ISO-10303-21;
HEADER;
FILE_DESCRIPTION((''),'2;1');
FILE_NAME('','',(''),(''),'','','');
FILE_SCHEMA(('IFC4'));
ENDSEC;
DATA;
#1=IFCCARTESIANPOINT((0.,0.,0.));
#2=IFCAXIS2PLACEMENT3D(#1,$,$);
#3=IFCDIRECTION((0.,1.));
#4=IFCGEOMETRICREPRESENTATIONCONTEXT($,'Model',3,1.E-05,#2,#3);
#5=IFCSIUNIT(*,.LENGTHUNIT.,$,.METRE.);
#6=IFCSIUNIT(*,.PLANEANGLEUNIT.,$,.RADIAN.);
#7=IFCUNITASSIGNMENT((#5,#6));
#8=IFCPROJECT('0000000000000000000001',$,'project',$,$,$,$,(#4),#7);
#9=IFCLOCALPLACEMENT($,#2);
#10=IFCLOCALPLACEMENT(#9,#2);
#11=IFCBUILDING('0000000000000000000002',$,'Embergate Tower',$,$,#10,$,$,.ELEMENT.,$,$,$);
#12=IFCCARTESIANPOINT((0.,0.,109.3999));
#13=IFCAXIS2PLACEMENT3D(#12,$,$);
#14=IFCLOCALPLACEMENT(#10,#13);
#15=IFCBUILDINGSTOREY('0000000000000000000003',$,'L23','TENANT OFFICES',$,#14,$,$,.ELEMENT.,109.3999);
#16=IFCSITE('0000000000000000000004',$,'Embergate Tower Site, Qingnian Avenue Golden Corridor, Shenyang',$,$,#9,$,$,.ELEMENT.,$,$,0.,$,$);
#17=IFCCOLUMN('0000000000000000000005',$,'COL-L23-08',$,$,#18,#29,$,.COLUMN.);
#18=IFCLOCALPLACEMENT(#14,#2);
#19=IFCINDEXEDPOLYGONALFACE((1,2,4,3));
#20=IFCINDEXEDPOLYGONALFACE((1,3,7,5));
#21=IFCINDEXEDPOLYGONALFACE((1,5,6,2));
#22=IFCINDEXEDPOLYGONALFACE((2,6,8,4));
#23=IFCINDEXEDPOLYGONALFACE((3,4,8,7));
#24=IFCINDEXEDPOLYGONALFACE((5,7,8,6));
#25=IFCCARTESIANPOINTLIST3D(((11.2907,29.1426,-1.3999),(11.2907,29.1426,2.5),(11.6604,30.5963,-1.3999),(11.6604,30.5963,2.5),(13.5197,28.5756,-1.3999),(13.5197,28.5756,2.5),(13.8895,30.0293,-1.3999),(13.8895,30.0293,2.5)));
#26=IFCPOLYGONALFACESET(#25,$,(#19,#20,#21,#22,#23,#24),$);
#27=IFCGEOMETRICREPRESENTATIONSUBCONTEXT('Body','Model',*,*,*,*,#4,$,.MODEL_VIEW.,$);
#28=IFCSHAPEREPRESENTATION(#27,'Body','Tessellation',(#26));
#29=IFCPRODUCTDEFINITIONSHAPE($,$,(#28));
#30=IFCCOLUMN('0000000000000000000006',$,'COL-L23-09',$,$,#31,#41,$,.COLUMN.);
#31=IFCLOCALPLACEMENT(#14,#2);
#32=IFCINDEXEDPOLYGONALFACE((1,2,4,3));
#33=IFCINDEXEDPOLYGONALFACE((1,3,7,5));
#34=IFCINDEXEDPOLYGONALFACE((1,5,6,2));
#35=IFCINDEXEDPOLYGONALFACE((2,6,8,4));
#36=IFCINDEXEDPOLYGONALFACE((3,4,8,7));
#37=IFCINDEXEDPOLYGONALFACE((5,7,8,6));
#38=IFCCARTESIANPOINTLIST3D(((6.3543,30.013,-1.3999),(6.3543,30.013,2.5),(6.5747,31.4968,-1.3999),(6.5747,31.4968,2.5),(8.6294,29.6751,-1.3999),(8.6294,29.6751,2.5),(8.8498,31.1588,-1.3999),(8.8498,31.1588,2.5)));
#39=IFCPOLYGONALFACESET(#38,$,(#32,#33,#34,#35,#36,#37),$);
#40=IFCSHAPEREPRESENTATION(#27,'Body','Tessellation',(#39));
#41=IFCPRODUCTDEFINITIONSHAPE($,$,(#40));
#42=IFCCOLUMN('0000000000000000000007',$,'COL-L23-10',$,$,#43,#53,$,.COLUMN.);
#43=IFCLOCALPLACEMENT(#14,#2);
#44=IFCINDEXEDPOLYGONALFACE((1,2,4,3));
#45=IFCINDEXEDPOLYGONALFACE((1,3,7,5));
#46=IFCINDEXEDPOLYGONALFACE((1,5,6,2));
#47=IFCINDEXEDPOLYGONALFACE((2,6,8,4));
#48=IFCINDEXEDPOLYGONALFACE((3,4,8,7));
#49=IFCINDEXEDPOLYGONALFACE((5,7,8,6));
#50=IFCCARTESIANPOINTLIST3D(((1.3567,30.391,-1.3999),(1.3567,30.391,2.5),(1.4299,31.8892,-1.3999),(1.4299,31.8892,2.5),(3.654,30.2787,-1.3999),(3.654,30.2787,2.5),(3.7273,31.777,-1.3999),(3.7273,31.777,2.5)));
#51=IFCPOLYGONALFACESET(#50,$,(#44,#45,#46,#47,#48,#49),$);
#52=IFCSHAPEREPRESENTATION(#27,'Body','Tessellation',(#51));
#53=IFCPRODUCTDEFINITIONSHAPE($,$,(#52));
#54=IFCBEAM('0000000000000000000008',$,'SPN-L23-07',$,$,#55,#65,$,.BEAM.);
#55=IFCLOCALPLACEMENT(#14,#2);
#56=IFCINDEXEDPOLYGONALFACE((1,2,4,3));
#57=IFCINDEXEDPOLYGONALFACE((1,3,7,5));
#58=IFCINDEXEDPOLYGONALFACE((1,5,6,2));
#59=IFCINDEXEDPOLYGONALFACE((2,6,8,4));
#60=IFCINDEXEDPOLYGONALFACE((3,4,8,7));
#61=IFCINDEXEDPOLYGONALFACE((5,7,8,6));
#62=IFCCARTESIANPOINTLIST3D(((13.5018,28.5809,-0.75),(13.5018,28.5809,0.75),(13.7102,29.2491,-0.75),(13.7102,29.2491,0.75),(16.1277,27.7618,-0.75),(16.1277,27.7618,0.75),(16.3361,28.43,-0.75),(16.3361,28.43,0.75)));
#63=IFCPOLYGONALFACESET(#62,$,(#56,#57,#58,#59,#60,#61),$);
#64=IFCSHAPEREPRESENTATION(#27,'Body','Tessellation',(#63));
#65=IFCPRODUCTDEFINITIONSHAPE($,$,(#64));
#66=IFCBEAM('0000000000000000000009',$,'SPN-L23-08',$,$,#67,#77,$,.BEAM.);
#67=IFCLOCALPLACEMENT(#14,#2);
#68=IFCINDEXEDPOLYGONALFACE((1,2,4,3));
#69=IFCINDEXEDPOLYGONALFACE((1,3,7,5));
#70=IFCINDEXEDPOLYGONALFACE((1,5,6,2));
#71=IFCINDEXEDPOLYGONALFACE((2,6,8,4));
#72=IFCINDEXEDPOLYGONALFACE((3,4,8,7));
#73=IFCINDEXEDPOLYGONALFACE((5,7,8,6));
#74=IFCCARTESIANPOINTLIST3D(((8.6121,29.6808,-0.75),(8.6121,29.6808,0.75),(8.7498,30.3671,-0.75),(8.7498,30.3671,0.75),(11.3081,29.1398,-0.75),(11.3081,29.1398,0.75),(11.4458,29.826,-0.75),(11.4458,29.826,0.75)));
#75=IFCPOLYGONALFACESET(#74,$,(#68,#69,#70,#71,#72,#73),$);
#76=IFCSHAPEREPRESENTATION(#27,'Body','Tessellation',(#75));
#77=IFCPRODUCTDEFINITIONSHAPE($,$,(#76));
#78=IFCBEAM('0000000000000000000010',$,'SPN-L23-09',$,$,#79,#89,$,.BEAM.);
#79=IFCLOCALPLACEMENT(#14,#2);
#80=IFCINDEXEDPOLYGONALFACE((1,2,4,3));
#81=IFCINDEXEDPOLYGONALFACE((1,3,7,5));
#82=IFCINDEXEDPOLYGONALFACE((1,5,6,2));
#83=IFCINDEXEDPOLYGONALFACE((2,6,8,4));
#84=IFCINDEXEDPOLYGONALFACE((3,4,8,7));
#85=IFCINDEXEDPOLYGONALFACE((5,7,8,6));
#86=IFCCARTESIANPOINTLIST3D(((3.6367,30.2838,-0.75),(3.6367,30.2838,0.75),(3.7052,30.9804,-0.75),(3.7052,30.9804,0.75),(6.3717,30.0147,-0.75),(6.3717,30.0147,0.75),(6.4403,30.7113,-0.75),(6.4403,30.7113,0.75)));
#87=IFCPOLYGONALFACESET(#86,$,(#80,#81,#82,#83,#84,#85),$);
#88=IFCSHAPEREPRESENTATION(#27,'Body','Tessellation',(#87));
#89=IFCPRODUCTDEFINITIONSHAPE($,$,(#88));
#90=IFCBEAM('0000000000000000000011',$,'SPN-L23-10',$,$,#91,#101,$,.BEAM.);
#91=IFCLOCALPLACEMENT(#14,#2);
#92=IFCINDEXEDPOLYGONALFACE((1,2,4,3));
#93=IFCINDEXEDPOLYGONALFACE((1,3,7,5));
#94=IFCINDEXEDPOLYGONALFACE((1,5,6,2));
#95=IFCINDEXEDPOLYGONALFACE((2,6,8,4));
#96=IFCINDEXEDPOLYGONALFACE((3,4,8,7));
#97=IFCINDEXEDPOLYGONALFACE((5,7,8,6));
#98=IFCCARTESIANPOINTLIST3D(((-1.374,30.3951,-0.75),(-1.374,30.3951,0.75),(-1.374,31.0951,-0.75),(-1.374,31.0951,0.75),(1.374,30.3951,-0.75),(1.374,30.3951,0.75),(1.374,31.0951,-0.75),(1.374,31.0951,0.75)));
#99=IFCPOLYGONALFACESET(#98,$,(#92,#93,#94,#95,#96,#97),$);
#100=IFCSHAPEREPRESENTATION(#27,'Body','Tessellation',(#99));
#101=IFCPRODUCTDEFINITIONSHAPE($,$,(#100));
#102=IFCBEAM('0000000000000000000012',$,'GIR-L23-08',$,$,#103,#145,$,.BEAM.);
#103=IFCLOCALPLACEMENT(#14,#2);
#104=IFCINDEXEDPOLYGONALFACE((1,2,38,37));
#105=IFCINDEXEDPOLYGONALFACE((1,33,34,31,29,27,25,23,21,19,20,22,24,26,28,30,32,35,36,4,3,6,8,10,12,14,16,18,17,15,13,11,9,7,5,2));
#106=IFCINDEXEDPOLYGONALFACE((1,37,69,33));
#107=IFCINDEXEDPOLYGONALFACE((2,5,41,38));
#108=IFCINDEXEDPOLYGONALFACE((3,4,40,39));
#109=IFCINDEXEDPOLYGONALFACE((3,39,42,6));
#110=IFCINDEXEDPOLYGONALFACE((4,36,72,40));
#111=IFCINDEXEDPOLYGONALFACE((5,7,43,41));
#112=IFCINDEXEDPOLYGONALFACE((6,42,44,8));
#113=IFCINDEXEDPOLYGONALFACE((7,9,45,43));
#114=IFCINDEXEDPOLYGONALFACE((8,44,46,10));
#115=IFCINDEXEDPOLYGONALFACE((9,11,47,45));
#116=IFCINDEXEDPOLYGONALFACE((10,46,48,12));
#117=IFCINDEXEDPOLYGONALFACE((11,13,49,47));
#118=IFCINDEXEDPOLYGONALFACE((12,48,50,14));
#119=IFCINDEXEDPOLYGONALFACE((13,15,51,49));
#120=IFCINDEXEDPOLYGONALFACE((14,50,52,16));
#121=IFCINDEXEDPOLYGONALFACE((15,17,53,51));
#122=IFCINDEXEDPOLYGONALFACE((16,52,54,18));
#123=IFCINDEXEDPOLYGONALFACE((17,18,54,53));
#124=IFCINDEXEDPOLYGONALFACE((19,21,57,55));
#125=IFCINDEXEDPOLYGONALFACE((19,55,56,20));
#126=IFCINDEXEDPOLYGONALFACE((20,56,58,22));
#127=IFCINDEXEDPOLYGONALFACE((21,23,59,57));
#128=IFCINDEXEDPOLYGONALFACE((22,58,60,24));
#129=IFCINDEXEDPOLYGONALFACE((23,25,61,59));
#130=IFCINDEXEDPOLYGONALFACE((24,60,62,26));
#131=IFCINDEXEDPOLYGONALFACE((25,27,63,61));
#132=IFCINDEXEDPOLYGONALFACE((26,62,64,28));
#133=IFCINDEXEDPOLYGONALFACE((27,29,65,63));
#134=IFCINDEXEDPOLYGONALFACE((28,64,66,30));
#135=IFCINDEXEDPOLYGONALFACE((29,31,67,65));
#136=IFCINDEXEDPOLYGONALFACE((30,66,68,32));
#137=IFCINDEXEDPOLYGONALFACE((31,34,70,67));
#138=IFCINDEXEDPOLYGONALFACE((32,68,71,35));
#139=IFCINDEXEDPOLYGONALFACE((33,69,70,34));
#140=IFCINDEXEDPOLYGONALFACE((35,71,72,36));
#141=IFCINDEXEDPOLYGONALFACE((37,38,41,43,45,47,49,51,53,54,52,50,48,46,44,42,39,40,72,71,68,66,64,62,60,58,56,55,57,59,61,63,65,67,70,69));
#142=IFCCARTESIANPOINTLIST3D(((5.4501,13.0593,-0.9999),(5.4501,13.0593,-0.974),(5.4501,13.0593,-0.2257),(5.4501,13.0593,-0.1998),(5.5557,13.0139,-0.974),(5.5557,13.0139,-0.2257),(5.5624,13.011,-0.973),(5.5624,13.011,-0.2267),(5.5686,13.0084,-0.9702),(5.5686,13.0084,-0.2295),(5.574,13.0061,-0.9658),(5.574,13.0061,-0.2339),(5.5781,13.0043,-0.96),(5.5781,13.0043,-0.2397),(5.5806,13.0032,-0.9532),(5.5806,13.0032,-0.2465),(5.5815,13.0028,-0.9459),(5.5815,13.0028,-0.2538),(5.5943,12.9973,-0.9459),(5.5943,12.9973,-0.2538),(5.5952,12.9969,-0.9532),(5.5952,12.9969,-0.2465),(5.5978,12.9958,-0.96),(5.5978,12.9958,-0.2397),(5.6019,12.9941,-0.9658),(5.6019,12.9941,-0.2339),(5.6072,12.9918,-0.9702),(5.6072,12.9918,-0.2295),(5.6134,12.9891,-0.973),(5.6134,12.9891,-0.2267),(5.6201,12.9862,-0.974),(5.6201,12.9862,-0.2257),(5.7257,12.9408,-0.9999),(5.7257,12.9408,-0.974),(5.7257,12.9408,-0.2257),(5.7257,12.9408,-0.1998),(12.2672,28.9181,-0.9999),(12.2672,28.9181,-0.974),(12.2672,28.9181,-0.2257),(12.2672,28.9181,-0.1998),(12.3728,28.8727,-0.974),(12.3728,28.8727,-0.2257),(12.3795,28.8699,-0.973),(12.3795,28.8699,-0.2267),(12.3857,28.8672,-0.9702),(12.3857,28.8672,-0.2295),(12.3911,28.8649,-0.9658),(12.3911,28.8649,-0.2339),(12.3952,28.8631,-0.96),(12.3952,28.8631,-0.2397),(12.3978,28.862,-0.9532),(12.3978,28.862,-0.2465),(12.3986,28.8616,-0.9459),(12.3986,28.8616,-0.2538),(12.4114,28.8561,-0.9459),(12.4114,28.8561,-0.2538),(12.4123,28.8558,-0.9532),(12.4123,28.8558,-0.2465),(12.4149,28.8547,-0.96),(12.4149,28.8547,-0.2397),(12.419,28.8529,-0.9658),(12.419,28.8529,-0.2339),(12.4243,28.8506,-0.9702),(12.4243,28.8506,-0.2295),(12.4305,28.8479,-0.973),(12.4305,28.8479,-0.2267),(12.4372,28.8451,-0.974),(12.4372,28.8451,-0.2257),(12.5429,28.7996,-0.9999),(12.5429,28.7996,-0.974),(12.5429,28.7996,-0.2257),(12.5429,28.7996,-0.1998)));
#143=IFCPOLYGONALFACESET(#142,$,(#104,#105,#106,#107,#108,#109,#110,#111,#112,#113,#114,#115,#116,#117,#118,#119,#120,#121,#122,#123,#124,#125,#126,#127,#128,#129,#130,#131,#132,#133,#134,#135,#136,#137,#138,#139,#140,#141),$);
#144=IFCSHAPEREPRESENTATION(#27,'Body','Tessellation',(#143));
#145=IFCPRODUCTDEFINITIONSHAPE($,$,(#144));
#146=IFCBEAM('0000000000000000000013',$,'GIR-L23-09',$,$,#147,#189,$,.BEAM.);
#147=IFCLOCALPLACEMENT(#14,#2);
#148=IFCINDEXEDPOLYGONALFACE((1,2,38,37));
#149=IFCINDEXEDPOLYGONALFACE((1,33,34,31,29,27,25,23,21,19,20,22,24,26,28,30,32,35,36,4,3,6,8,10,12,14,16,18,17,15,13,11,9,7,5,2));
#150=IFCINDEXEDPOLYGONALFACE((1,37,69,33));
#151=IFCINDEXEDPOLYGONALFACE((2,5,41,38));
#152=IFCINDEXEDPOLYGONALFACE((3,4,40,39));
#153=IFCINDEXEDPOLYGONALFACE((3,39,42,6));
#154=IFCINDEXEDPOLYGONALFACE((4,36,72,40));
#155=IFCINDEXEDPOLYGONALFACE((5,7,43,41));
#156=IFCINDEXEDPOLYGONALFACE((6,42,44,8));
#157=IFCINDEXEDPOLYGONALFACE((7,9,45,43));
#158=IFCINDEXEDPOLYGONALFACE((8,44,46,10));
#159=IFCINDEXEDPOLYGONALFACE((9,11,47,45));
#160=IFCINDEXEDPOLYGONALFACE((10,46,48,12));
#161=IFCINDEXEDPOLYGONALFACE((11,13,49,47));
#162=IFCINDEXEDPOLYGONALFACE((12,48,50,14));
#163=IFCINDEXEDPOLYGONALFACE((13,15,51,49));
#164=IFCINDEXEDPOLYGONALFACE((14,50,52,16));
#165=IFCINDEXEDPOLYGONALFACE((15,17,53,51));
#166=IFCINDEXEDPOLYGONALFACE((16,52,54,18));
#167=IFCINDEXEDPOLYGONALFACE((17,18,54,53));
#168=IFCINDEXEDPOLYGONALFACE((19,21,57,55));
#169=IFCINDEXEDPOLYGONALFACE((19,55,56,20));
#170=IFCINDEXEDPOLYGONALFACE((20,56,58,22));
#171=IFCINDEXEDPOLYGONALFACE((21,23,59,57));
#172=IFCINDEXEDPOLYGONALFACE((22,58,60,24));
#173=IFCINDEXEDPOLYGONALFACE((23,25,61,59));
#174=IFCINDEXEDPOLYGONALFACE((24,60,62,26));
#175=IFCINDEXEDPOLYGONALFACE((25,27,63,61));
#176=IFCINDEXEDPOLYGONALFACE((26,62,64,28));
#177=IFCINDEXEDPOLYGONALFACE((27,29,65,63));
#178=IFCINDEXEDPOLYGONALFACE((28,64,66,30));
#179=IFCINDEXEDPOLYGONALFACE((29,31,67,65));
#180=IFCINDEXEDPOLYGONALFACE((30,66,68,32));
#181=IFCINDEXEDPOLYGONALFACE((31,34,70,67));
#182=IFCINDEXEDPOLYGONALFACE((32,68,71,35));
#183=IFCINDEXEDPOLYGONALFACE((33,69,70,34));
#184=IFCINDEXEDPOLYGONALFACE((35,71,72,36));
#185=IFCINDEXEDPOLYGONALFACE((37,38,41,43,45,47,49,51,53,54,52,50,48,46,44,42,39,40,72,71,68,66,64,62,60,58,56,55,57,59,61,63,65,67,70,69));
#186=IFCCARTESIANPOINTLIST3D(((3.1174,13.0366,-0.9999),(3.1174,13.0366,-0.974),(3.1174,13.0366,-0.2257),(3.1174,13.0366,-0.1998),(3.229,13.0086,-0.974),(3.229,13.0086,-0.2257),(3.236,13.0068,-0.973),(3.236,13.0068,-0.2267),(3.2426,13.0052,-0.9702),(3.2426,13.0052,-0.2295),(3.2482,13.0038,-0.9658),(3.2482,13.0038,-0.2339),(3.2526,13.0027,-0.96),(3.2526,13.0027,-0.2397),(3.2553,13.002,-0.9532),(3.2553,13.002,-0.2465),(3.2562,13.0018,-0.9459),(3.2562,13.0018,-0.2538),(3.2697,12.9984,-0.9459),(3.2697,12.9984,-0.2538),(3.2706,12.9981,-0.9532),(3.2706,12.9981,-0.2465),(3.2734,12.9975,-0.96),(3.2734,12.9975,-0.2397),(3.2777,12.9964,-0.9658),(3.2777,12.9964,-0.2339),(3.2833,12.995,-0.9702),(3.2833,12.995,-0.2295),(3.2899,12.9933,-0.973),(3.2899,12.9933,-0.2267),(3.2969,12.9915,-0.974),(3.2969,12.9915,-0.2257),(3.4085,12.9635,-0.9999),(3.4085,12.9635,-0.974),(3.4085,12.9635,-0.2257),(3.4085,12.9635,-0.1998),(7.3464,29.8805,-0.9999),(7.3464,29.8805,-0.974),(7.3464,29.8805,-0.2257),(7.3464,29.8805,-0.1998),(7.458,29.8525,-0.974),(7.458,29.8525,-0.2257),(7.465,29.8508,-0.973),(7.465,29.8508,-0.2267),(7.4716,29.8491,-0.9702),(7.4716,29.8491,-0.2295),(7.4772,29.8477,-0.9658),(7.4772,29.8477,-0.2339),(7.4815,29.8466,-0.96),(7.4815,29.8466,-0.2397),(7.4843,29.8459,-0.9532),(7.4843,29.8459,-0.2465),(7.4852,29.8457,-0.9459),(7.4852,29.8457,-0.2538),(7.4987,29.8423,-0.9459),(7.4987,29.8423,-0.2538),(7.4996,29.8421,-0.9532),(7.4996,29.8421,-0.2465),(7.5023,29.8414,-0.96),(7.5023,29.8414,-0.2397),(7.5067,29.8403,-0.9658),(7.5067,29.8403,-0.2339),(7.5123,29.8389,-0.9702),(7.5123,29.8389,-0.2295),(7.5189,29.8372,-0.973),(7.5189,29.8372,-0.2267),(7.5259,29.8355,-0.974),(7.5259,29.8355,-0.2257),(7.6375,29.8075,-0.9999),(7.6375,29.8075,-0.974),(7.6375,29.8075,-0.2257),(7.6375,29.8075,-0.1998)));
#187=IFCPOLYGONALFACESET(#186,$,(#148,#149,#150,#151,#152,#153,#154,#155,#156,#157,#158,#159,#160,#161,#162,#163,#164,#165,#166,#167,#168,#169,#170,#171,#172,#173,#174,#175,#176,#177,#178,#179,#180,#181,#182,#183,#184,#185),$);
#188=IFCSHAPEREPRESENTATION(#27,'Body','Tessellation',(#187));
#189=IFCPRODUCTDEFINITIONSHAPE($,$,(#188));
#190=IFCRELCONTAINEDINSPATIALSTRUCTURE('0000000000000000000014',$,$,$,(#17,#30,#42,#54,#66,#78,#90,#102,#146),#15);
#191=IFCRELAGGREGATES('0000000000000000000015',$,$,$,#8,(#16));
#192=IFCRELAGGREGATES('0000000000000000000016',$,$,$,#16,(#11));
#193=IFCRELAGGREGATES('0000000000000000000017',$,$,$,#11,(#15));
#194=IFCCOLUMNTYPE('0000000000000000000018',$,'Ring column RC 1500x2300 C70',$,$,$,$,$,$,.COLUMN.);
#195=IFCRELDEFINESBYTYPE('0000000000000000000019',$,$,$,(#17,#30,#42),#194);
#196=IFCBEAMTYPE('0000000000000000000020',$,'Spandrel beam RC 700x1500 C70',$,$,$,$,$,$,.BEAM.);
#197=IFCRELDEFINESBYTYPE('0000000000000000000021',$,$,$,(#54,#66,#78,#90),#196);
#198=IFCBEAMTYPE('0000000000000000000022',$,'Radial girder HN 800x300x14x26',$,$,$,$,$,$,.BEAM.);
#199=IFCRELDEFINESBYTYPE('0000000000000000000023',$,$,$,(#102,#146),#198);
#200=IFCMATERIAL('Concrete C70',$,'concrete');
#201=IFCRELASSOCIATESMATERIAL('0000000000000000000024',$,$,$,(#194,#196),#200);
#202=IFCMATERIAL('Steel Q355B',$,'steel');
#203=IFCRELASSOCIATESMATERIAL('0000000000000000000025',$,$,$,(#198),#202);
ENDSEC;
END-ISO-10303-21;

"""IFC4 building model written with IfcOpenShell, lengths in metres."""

from ifc_helpers import new_model, si_unit, direction, frame, origin, origin_2d, place, context, subcontext, project, spatial, rectangle, i_section, extrude, source, transform, mapped, material, material_profile, profile_set, type_object, element, save


model = new_model("IFC4")

# Units and contexts
model_context = context("Model", 3, precision=1e-05, world=origin(), true_north=direction((0.0, 1.0)))
body_context = subcontext(model_context, "Body", "Model", "MODEL_VIEW")
ifc_project = project(units=[si_unit("LENGTHUNIT", "METRE"), si_unit("PLANEANGLEUNIT", "RADIAN")], contexts=[model_context])

# Site, building, storey
site_placement = place(None, origin())
site = spatial("IfcSite", under=ifc_project, at=site_placement, Name="Embergate Tower Site, Qingnian Avenue Golden Corridor, Shenyang", CompositionType="ELEMENT", RefElevation=0.0)
building_placement = place(site_placement, origin())
building = spatial("IfcBuilding", under=site, at=building_placement, Name="Embergate Tower", CompositionType="ELEMENT")
storey_placement = place(building_placement, frame((0.0, 0.0, 109.3999)))
storey = spatial("IfcBuildingStorey", under=building, at=storey_placement, Name="L23", Description="TENANT OFFICES", CompositionType="ELEMENT", Elevation=109.3999)

# Columns
ifc_material_1 = material(Name="Concrete C70", Category="concrete")
ifc_material_profile_1 = material_profile(ifc_material_1, rectangle(XDim=1.5, YDim=2.3, at=origin_2d()), Name="RC 1500x2300")
ifc_profile_set_1 = profile_set([ifc_material_profile_1], Name="Concrete C70")
column_type = type_object("IfcColumnType", Name="Ring column RC 1500x2300 C70", PredefinedType="COLUMN", material=ifc_profile_set_1)
shared_shape_1 = source(origin(), body_context, "Body", "SweptSolid", [
    extrude(rectangle(XDim=1.5, YDim=2.3, at=origin_2d()), origin(), (0.0, 0.0, 1.0), 3.8999),
])
for number, where, z_axis, x_axis, name in (
    (1, (12.5901, 29.5859, -1.3999), (0.0, 0.0, 1.0), (0.246509, 0.969141, 0.0), "COL-L23-08"),
    (2, (7.6021, 30.5859, -1.3999), (0.0, 0.0, 1.0), (0.146929, 0.989147, 0.0), "COL-L23-09"),
    (3, (2.542, 31.084, -1.3999), (0.0, 0.0, 1.0), (0.048815, 0.998808, 0.0), "COL-L23-10"),
):
    element("IfcColumn", number, at=place(storey_placement, frame(where, z_axis=z_axis, x_axis=x_axis)), inside=storey, type_object=column_type, Name=name, PredefinedType="COLUMN", context=body_context, shape_type="MappedRepresentation", body=[
        mapped(shared_shape_1, transform((0.0, 0.0, 0.0))),
    ])

# Beams
ifc_material_profile_2 = material_profile(ifc_material_1, rectangle(XDim=0.7, YDim=1.5, at=origin_2d()), Name="RC 700x1500")
ifc_profile_set_2 = profile_set([ifc_material_profile_2], Name="Concrete C70")
beam_type_1 = type_object("IfcBeamType", Name="Spandrel beam RC 700x1500 C70", PredefinedType="BEAM", material=ifc_profile_set_2)
shared_shape_2 = source(origin(), body_context, "Body", "SweptSolid", [
    extrude(rectangle(XDim=0.7, YDim=1.5, at=origin_2d()), origin(), (0.0, 0.0, 1.0), 2.7507),
])
beam_1_placement = place(storey_placement, frame((16.2319, 28.0959, 0.0), z_axis=(-0.954638, 0.29777, 0.0), x_axis=(-0.29777, -0.954638, 0.0)))
element("IfcBeam", 4, at=beam_1_placement, inside=storey, type_object=beam_type_1, Name="SPN-L23-07", PredefinedType="BEAM", context=body_context, shape_type="MappedRepresentation", body=[
    mapped(shared_shape_2, transform((0.0, 0.0, 0.0))),
])
shared_shape_3 = source(origin(), body_context, "Body", "SweptSolid", [
    extrude(rectangle(XDim=0.7, YDim=1.5, at=origin_2d()), origin(), (0.0, 0.0, 1.0), 2.7498),
])
beam_2_placement = place(storey_placement, frame((11.377, 29.4829, 0.0), z_axis=(-0.980454, 0.196748, 0.0), x_axis=(-0.196748, -0.980454, 0.0)))
element("IfcBeam", 5, at=beam_2_placement, inside=storey, type_object=beam_type_1, Name="SPN-L23-08", PredefinedType="BEAM", context=body_context, shape_type="MappedRepresentation", body=[
    mapped(shared_shape_3, transform((0.0, 0.0, 0.0))),
])
shared_shape_4 = source(origin(), body_context, "Body", "SweptSolid", [
    extrude(rectangle(XDim=0.7, YDim=1.5, at=origin_2d()), origin(), (0.0, 0.0, 1.0), 2.7483),
])
beam_3_placement = place(storey_placement, frame((6.406, 30.363, 0.0), z_axis=(-0.995197, 0.097894, 0.0), x_axis=(-0.097894, -0.995197, 0.0)))
element("IfcBeam", 6, at=beam_3_placement, inside=storey, type_object=beam_type_1, Name="SPN-L23-09", PredefinedType="BEAM", context=body_context, shape_type="MappedRepresentation", body=[
    mapped(shared_shape_4, transform((0.0, 0.0, 0.0))),
])
shared_shape_5 = source(origin(), body_context, "Body", "SweptSolid", [
    extrude(rectangle(XDim=0.7, YDim=1.5, at=origin_2d()), origin(), (0.0, 0.0, 1.0), 2.748),
])
beam_4_placement = place(storey_placement, frame((1.374, 30.7451, 0.0), z_axis=(-1.0, 0.0, 0.0), x_axis=(0.0, -1.0, 0.0)))
element("IfcBeam", 7, at=beam_4_placement, inside=storey, type_object=beam_type_1, Name="SPN-L23-10", PredefinedType="BEAM", context=body_context, shape_type="MappedRepresentation", body=[
    mapped(shared_shape_5, transform((0.0, 0.0, 0.0))),
])
ifc_material_2 = material(Name="Steel Q355B", Category="steel")
ifc_material_profile_3 = material_profile(ifc_material_2, i_section(OverallWidth=0.3, OverallDepth=0.8, WebThickness=0.0139, FlangeThickness=0.0259, FilletRadius=0.0281, at=origin_2d()), Name="HN 800x300x14x26")
ifc_profile_set_3 = profile_set([ifc_material_profile_3], Name="Steel Q355 grade B")
beam_type_2 = type_object("IfcBeamType", Name="Radial girder HN 800x300x14x26", PredefinedType="BEAM", material=ifc_profile_set_3)
shared_shape_6 = source(origin(), body_context, "Body", "SweptSolid", [
    extrude(i_section(OverallWidth=0.3, OverallDepth=0.8, WebThickness=0.0139, FlangeThickness=0.0259, FilletRadius=0.0281, at=origin_2d()), origin(), (0.0, 0.0, 1.0), 17.262),
])
beam_5_placement = place(storey_placement, frame((12.405, 28.8589, -0.5999), z_axis=(-0.394921, -0.918715, 0.0), x_axis=(0.918715, -0.394921, 0.0)))
element("IfcBeam", 8, at=beam_5_placement, inside=storey, type_object=beam_type_2, Name="GIR-L23-08", PredefinedType="BEAM", context=body_context, shape_type="MappedRepresentation", body=[
    mapped(shared_shape_6, transform((0.0, 0.0, 0.0))),
])
shared_shape_7 = source(origin(), body_context, "Body", "SweptSolid", [
    extrude(i_section(OverallWidth=0.3, OverallDepth=0.8, WebThickness=0.0139, FlangeThickness=0.0259, FilletRadius=0.0281, at=origin_2d()), origin(), (0.0, 0.0, 1.0), 17.3667),
])
beam_6_placement = place(storey_placement, frame((7.4919, 29.844, -0.5999), z_axis=(-0.243511, -0.969898, 0.0), x_axis=(0.969898, -0.243511, 0.0)))
element("IfcBeam", 9, at=beam_6_placement, inside=storey, type_object=beam_type_2, Name="GIR-L23-09", PredefinedType="BEAM", context=body_context, shape_type="MappedRepresentation", body=[
    mapped(shared_shape_7, transform((0.0, 0.0, 0.0))),
])

save(model, "model.ifc")
